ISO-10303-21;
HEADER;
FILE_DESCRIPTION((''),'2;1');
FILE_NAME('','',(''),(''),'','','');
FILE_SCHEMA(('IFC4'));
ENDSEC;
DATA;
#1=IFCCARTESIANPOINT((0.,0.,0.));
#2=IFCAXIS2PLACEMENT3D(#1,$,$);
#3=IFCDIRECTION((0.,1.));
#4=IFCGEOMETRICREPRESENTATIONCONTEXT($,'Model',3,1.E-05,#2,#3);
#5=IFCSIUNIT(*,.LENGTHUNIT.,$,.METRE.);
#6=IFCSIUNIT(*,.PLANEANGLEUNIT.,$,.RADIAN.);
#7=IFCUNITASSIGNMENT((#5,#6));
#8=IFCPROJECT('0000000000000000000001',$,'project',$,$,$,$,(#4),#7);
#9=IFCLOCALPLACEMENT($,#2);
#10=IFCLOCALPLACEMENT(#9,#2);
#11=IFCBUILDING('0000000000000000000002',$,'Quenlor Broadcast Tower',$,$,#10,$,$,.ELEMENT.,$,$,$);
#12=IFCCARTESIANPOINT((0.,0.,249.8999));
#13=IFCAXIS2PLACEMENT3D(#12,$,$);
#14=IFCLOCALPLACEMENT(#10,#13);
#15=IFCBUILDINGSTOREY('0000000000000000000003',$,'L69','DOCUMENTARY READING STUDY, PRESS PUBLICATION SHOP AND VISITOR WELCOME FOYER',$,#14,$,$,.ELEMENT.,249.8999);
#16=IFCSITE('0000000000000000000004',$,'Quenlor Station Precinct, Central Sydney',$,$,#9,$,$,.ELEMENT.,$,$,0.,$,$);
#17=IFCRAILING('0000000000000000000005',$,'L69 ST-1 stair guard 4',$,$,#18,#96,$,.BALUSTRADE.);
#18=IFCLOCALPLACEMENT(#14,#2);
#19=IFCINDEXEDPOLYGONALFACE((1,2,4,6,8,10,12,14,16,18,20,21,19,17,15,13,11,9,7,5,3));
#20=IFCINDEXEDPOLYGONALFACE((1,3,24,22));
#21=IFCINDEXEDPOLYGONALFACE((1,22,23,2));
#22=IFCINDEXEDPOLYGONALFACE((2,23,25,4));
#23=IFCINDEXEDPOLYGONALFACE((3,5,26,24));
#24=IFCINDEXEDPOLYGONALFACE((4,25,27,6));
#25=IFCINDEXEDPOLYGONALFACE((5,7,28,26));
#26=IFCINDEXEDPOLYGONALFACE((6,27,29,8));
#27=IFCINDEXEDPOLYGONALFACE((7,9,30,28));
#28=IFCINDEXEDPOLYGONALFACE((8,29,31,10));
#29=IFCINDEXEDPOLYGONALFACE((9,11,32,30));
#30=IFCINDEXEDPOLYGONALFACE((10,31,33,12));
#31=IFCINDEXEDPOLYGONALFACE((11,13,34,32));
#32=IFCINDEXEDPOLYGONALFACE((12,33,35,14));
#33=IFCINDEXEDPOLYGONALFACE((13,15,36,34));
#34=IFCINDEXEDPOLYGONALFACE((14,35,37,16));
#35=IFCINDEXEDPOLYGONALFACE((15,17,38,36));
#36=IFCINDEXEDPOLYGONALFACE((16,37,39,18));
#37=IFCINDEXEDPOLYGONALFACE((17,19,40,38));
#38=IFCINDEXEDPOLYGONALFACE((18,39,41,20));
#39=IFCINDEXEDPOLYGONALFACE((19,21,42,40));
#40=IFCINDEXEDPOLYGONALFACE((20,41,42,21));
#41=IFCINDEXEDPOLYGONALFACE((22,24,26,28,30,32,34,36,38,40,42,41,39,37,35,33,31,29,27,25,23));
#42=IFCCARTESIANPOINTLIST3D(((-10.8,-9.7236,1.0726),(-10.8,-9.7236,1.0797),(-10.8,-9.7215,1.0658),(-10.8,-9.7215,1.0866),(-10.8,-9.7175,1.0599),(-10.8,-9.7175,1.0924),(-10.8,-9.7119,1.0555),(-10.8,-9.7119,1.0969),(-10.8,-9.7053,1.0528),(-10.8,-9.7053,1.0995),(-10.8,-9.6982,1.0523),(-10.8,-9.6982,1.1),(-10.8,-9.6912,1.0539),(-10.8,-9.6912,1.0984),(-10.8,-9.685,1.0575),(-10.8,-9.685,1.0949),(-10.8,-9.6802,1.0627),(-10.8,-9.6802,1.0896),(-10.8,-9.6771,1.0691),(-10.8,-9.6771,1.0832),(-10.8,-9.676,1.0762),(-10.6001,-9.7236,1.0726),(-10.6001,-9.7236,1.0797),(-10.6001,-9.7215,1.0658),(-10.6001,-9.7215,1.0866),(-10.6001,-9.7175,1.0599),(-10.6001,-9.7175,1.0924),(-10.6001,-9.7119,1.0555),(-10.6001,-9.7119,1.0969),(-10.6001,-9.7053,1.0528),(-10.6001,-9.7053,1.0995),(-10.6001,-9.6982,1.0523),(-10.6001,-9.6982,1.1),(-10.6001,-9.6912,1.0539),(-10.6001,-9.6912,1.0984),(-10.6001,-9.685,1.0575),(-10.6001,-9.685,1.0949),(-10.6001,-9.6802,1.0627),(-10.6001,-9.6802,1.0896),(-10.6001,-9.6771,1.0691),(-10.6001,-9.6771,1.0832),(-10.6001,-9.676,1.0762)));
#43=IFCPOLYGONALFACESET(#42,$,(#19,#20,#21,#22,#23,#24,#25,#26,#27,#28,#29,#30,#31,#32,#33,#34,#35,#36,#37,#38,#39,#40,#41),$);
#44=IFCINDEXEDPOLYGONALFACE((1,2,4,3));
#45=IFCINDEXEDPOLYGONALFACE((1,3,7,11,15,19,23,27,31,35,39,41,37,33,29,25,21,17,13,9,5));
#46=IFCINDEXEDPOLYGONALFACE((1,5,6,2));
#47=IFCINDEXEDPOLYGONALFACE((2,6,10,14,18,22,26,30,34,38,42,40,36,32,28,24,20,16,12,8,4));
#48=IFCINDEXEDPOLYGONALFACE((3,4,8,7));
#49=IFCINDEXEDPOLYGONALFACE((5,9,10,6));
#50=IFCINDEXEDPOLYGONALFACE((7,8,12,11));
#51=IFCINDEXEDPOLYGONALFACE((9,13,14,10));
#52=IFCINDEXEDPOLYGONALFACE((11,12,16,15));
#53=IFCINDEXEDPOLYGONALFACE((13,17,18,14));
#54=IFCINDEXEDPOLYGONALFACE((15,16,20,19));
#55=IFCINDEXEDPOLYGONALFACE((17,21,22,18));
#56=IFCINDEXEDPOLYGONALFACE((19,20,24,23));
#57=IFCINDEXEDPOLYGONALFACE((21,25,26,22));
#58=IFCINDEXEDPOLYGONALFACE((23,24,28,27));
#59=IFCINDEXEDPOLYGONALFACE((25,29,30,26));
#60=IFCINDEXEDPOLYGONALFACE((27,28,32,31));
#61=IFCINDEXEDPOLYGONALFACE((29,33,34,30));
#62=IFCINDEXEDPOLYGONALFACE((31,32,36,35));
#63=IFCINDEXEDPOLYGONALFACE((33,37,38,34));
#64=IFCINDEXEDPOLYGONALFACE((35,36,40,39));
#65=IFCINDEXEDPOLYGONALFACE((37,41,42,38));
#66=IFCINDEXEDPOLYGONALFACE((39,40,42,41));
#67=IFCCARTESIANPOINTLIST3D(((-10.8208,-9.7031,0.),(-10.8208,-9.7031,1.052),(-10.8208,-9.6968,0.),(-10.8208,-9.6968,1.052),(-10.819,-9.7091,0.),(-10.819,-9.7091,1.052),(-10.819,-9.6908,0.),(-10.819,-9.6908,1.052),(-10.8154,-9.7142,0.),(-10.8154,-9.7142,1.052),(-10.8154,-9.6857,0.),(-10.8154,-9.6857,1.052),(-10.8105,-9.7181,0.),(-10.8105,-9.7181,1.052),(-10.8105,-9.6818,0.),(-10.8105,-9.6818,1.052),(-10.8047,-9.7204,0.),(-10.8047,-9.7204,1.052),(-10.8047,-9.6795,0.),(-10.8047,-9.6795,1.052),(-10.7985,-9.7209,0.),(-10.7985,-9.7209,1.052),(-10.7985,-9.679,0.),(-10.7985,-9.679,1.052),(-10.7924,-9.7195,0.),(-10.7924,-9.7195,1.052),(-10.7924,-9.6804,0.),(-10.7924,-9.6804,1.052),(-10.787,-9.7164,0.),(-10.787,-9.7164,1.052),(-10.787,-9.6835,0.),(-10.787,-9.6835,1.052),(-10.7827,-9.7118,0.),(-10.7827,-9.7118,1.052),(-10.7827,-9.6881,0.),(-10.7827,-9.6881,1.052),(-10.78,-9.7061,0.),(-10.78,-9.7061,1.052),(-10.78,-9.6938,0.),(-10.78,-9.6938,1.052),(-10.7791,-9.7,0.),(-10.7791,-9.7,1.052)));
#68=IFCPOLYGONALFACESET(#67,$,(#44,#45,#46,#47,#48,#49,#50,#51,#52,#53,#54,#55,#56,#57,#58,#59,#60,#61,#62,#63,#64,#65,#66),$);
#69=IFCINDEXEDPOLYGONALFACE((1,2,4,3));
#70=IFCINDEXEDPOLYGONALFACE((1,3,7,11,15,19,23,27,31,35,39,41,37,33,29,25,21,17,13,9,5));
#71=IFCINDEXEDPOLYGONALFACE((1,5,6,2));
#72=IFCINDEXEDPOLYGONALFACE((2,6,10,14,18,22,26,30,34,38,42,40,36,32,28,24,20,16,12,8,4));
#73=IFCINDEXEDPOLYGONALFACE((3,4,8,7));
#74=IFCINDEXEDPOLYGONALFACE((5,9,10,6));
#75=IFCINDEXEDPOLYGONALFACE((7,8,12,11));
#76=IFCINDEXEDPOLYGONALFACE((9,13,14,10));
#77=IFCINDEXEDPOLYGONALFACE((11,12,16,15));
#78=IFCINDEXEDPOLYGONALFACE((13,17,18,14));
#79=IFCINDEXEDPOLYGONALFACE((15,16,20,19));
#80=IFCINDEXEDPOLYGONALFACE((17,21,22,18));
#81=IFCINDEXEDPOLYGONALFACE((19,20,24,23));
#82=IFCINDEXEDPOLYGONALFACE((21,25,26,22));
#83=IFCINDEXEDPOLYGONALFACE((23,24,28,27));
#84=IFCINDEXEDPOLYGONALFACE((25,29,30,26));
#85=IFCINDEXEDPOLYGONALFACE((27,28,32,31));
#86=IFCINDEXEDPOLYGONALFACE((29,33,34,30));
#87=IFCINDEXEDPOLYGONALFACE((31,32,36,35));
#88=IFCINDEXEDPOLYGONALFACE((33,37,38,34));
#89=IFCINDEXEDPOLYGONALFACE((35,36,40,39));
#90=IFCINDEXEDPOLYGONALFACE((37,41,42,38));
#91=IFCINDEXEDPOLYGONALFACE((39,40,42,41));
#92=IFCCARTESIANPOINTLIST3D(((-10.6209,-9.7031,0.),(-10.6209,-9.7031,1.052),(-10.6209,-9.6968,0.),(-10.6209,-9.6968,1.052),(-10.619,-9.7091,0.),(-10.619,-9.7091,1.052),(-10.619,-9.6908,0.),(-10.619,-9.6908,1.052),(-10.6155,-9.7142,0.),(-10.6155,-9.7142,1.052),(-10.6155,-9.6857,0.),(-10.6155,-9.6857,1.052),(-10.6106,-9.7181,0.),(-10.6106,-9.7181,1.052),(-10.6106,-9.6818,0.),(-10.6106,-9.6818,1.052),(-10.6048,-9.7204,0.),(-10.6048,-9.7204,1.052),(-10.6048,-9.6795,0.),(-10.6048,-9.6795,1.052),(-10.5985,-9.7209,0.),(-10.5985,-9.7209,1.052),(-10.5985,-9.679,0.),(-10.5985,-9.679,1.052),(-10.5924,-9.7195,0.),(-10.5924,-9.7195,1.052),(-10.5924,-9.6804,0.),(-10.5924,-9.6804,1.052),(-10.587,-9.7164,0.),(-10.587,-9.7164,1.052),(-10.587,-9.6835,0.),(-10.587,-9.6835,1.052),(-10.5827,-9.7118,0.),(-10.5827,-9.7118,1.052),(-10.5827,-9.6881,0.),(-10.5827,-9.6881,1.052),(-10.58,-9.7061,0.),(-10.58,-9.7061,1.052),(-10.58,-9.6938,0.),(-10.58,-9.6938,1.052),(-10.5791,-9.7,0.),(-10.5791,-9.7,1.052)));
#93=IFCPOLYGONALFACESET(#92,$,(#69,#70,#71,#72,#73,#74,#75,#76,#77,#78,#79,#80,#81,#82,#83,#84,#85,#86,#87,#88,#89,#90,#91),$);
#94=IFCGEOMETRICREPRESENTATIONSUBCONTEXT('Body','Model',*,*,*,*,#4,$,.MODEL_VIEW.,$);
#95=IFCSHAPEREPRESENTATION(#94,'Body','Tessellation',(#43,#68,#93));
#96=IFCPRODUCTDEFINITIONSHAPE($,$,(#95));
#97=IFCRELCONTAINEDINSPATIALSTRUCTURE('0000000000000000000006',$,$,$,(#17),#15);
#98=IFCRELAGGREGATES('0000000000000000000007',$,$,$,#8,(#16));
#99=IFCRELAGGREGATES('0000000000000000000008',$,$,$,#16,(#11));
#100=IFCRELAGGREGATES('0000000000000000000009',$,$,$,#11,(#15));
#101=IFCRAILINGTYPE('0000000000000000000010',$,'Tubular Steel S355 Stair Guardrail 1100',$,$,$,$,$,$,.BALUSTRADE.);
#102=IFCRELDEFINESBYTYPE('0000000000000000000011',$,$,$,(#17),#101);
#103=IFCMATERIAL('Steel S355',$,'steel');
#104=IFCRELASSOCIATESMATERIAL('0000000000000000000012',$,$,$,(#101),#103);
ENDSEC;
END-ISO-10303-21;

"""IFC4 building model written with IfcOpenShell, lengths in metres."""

from ifc_helpers import new_model, si_unit, direction, frame, origin, origin_2d, place, context, subcontext, project, spatial, circle, extrude, material, type_object, element, save


model = new_model("IFC4")

# Units and contexts
model_context = context("Model", 3, precision=1e-05, world=origin(), true_north=direction((0.0, 1.0)))
body_context = subcontext(model_context, "Body", "Model", "MODEL_VIEW")
ifc_project = project(units=[si_unit("LENGTHUNIT", "METRE"), si_unit("PLANEANGLEUNIT", "RADIAN")], contexts=[model_context])

# Site, building, storey
site_placement = place(None, origin())
site = spatial("IfcSite", under=ifc_project, at=site_placement, Name="Quenlor Station Precinct, Central Sydney", CompositionType="ELEMENT", RefElevation=0.0)
building_placement = place(site_placement, origin())
building = spatial("IfcBuilding", under=site, at=building_placement, Name="Quenlor Broadcast Tower", CompositionType="ELEMENT")
storey_placement = place(building_placement, frame((0.0, 0.0, 249.8999)))
storey = spatial("IfcBuildingStorey", under=building, at=storey_placement, Name="L69", Description="DOCUMENTARY READING STUDY, PRESS PUBLICATION SHOP AND VISITOR WELCOME FOYER", CompositionType="ELEMENT", Elevation=249.8999)

# Railing
ifc_material_1 = material(Name="Steel S355", Category="steel")
railing_type = type_object("IfcRailingType", Name="Tubular Steel S355 Stair Guardrail 1100", PredefinedType="BALUSTRADE", material=ifc_material_1)
railing_1_placement = place(storey_placement, frame((-10.8, -9.7, 0.0)))
element("IfcRailing", 1, at=railing_1_placement, inside=storey, type_object=railing_type, Name="L69 ST-1 stair guard 4", PredefinedType="BALUSTRADE", context=body_context, shape_type="SweptSolid", body=[
    extrude(circle(Radius=0.0239, at=origin_2d()), frame((0.0, 0.0, 1.0762), z_axis=(1.0, 0.0, 0.0), x_axis=(0.0, 1.0, 0.0)), (0.0, 0.0, 1.0), 0.2),
    extrude(circle(Radius=0.021, at=origin_2d()), origin(), (0.0, 0.0, 1.0), 1.052),
    extrude(circle(Radius=0.021, at=origin_2d()), frame((0.2, 0.0, 0.0)), (0.0, 0.0, 1.0), 1.052),
])

save(model, "model.ifc")
